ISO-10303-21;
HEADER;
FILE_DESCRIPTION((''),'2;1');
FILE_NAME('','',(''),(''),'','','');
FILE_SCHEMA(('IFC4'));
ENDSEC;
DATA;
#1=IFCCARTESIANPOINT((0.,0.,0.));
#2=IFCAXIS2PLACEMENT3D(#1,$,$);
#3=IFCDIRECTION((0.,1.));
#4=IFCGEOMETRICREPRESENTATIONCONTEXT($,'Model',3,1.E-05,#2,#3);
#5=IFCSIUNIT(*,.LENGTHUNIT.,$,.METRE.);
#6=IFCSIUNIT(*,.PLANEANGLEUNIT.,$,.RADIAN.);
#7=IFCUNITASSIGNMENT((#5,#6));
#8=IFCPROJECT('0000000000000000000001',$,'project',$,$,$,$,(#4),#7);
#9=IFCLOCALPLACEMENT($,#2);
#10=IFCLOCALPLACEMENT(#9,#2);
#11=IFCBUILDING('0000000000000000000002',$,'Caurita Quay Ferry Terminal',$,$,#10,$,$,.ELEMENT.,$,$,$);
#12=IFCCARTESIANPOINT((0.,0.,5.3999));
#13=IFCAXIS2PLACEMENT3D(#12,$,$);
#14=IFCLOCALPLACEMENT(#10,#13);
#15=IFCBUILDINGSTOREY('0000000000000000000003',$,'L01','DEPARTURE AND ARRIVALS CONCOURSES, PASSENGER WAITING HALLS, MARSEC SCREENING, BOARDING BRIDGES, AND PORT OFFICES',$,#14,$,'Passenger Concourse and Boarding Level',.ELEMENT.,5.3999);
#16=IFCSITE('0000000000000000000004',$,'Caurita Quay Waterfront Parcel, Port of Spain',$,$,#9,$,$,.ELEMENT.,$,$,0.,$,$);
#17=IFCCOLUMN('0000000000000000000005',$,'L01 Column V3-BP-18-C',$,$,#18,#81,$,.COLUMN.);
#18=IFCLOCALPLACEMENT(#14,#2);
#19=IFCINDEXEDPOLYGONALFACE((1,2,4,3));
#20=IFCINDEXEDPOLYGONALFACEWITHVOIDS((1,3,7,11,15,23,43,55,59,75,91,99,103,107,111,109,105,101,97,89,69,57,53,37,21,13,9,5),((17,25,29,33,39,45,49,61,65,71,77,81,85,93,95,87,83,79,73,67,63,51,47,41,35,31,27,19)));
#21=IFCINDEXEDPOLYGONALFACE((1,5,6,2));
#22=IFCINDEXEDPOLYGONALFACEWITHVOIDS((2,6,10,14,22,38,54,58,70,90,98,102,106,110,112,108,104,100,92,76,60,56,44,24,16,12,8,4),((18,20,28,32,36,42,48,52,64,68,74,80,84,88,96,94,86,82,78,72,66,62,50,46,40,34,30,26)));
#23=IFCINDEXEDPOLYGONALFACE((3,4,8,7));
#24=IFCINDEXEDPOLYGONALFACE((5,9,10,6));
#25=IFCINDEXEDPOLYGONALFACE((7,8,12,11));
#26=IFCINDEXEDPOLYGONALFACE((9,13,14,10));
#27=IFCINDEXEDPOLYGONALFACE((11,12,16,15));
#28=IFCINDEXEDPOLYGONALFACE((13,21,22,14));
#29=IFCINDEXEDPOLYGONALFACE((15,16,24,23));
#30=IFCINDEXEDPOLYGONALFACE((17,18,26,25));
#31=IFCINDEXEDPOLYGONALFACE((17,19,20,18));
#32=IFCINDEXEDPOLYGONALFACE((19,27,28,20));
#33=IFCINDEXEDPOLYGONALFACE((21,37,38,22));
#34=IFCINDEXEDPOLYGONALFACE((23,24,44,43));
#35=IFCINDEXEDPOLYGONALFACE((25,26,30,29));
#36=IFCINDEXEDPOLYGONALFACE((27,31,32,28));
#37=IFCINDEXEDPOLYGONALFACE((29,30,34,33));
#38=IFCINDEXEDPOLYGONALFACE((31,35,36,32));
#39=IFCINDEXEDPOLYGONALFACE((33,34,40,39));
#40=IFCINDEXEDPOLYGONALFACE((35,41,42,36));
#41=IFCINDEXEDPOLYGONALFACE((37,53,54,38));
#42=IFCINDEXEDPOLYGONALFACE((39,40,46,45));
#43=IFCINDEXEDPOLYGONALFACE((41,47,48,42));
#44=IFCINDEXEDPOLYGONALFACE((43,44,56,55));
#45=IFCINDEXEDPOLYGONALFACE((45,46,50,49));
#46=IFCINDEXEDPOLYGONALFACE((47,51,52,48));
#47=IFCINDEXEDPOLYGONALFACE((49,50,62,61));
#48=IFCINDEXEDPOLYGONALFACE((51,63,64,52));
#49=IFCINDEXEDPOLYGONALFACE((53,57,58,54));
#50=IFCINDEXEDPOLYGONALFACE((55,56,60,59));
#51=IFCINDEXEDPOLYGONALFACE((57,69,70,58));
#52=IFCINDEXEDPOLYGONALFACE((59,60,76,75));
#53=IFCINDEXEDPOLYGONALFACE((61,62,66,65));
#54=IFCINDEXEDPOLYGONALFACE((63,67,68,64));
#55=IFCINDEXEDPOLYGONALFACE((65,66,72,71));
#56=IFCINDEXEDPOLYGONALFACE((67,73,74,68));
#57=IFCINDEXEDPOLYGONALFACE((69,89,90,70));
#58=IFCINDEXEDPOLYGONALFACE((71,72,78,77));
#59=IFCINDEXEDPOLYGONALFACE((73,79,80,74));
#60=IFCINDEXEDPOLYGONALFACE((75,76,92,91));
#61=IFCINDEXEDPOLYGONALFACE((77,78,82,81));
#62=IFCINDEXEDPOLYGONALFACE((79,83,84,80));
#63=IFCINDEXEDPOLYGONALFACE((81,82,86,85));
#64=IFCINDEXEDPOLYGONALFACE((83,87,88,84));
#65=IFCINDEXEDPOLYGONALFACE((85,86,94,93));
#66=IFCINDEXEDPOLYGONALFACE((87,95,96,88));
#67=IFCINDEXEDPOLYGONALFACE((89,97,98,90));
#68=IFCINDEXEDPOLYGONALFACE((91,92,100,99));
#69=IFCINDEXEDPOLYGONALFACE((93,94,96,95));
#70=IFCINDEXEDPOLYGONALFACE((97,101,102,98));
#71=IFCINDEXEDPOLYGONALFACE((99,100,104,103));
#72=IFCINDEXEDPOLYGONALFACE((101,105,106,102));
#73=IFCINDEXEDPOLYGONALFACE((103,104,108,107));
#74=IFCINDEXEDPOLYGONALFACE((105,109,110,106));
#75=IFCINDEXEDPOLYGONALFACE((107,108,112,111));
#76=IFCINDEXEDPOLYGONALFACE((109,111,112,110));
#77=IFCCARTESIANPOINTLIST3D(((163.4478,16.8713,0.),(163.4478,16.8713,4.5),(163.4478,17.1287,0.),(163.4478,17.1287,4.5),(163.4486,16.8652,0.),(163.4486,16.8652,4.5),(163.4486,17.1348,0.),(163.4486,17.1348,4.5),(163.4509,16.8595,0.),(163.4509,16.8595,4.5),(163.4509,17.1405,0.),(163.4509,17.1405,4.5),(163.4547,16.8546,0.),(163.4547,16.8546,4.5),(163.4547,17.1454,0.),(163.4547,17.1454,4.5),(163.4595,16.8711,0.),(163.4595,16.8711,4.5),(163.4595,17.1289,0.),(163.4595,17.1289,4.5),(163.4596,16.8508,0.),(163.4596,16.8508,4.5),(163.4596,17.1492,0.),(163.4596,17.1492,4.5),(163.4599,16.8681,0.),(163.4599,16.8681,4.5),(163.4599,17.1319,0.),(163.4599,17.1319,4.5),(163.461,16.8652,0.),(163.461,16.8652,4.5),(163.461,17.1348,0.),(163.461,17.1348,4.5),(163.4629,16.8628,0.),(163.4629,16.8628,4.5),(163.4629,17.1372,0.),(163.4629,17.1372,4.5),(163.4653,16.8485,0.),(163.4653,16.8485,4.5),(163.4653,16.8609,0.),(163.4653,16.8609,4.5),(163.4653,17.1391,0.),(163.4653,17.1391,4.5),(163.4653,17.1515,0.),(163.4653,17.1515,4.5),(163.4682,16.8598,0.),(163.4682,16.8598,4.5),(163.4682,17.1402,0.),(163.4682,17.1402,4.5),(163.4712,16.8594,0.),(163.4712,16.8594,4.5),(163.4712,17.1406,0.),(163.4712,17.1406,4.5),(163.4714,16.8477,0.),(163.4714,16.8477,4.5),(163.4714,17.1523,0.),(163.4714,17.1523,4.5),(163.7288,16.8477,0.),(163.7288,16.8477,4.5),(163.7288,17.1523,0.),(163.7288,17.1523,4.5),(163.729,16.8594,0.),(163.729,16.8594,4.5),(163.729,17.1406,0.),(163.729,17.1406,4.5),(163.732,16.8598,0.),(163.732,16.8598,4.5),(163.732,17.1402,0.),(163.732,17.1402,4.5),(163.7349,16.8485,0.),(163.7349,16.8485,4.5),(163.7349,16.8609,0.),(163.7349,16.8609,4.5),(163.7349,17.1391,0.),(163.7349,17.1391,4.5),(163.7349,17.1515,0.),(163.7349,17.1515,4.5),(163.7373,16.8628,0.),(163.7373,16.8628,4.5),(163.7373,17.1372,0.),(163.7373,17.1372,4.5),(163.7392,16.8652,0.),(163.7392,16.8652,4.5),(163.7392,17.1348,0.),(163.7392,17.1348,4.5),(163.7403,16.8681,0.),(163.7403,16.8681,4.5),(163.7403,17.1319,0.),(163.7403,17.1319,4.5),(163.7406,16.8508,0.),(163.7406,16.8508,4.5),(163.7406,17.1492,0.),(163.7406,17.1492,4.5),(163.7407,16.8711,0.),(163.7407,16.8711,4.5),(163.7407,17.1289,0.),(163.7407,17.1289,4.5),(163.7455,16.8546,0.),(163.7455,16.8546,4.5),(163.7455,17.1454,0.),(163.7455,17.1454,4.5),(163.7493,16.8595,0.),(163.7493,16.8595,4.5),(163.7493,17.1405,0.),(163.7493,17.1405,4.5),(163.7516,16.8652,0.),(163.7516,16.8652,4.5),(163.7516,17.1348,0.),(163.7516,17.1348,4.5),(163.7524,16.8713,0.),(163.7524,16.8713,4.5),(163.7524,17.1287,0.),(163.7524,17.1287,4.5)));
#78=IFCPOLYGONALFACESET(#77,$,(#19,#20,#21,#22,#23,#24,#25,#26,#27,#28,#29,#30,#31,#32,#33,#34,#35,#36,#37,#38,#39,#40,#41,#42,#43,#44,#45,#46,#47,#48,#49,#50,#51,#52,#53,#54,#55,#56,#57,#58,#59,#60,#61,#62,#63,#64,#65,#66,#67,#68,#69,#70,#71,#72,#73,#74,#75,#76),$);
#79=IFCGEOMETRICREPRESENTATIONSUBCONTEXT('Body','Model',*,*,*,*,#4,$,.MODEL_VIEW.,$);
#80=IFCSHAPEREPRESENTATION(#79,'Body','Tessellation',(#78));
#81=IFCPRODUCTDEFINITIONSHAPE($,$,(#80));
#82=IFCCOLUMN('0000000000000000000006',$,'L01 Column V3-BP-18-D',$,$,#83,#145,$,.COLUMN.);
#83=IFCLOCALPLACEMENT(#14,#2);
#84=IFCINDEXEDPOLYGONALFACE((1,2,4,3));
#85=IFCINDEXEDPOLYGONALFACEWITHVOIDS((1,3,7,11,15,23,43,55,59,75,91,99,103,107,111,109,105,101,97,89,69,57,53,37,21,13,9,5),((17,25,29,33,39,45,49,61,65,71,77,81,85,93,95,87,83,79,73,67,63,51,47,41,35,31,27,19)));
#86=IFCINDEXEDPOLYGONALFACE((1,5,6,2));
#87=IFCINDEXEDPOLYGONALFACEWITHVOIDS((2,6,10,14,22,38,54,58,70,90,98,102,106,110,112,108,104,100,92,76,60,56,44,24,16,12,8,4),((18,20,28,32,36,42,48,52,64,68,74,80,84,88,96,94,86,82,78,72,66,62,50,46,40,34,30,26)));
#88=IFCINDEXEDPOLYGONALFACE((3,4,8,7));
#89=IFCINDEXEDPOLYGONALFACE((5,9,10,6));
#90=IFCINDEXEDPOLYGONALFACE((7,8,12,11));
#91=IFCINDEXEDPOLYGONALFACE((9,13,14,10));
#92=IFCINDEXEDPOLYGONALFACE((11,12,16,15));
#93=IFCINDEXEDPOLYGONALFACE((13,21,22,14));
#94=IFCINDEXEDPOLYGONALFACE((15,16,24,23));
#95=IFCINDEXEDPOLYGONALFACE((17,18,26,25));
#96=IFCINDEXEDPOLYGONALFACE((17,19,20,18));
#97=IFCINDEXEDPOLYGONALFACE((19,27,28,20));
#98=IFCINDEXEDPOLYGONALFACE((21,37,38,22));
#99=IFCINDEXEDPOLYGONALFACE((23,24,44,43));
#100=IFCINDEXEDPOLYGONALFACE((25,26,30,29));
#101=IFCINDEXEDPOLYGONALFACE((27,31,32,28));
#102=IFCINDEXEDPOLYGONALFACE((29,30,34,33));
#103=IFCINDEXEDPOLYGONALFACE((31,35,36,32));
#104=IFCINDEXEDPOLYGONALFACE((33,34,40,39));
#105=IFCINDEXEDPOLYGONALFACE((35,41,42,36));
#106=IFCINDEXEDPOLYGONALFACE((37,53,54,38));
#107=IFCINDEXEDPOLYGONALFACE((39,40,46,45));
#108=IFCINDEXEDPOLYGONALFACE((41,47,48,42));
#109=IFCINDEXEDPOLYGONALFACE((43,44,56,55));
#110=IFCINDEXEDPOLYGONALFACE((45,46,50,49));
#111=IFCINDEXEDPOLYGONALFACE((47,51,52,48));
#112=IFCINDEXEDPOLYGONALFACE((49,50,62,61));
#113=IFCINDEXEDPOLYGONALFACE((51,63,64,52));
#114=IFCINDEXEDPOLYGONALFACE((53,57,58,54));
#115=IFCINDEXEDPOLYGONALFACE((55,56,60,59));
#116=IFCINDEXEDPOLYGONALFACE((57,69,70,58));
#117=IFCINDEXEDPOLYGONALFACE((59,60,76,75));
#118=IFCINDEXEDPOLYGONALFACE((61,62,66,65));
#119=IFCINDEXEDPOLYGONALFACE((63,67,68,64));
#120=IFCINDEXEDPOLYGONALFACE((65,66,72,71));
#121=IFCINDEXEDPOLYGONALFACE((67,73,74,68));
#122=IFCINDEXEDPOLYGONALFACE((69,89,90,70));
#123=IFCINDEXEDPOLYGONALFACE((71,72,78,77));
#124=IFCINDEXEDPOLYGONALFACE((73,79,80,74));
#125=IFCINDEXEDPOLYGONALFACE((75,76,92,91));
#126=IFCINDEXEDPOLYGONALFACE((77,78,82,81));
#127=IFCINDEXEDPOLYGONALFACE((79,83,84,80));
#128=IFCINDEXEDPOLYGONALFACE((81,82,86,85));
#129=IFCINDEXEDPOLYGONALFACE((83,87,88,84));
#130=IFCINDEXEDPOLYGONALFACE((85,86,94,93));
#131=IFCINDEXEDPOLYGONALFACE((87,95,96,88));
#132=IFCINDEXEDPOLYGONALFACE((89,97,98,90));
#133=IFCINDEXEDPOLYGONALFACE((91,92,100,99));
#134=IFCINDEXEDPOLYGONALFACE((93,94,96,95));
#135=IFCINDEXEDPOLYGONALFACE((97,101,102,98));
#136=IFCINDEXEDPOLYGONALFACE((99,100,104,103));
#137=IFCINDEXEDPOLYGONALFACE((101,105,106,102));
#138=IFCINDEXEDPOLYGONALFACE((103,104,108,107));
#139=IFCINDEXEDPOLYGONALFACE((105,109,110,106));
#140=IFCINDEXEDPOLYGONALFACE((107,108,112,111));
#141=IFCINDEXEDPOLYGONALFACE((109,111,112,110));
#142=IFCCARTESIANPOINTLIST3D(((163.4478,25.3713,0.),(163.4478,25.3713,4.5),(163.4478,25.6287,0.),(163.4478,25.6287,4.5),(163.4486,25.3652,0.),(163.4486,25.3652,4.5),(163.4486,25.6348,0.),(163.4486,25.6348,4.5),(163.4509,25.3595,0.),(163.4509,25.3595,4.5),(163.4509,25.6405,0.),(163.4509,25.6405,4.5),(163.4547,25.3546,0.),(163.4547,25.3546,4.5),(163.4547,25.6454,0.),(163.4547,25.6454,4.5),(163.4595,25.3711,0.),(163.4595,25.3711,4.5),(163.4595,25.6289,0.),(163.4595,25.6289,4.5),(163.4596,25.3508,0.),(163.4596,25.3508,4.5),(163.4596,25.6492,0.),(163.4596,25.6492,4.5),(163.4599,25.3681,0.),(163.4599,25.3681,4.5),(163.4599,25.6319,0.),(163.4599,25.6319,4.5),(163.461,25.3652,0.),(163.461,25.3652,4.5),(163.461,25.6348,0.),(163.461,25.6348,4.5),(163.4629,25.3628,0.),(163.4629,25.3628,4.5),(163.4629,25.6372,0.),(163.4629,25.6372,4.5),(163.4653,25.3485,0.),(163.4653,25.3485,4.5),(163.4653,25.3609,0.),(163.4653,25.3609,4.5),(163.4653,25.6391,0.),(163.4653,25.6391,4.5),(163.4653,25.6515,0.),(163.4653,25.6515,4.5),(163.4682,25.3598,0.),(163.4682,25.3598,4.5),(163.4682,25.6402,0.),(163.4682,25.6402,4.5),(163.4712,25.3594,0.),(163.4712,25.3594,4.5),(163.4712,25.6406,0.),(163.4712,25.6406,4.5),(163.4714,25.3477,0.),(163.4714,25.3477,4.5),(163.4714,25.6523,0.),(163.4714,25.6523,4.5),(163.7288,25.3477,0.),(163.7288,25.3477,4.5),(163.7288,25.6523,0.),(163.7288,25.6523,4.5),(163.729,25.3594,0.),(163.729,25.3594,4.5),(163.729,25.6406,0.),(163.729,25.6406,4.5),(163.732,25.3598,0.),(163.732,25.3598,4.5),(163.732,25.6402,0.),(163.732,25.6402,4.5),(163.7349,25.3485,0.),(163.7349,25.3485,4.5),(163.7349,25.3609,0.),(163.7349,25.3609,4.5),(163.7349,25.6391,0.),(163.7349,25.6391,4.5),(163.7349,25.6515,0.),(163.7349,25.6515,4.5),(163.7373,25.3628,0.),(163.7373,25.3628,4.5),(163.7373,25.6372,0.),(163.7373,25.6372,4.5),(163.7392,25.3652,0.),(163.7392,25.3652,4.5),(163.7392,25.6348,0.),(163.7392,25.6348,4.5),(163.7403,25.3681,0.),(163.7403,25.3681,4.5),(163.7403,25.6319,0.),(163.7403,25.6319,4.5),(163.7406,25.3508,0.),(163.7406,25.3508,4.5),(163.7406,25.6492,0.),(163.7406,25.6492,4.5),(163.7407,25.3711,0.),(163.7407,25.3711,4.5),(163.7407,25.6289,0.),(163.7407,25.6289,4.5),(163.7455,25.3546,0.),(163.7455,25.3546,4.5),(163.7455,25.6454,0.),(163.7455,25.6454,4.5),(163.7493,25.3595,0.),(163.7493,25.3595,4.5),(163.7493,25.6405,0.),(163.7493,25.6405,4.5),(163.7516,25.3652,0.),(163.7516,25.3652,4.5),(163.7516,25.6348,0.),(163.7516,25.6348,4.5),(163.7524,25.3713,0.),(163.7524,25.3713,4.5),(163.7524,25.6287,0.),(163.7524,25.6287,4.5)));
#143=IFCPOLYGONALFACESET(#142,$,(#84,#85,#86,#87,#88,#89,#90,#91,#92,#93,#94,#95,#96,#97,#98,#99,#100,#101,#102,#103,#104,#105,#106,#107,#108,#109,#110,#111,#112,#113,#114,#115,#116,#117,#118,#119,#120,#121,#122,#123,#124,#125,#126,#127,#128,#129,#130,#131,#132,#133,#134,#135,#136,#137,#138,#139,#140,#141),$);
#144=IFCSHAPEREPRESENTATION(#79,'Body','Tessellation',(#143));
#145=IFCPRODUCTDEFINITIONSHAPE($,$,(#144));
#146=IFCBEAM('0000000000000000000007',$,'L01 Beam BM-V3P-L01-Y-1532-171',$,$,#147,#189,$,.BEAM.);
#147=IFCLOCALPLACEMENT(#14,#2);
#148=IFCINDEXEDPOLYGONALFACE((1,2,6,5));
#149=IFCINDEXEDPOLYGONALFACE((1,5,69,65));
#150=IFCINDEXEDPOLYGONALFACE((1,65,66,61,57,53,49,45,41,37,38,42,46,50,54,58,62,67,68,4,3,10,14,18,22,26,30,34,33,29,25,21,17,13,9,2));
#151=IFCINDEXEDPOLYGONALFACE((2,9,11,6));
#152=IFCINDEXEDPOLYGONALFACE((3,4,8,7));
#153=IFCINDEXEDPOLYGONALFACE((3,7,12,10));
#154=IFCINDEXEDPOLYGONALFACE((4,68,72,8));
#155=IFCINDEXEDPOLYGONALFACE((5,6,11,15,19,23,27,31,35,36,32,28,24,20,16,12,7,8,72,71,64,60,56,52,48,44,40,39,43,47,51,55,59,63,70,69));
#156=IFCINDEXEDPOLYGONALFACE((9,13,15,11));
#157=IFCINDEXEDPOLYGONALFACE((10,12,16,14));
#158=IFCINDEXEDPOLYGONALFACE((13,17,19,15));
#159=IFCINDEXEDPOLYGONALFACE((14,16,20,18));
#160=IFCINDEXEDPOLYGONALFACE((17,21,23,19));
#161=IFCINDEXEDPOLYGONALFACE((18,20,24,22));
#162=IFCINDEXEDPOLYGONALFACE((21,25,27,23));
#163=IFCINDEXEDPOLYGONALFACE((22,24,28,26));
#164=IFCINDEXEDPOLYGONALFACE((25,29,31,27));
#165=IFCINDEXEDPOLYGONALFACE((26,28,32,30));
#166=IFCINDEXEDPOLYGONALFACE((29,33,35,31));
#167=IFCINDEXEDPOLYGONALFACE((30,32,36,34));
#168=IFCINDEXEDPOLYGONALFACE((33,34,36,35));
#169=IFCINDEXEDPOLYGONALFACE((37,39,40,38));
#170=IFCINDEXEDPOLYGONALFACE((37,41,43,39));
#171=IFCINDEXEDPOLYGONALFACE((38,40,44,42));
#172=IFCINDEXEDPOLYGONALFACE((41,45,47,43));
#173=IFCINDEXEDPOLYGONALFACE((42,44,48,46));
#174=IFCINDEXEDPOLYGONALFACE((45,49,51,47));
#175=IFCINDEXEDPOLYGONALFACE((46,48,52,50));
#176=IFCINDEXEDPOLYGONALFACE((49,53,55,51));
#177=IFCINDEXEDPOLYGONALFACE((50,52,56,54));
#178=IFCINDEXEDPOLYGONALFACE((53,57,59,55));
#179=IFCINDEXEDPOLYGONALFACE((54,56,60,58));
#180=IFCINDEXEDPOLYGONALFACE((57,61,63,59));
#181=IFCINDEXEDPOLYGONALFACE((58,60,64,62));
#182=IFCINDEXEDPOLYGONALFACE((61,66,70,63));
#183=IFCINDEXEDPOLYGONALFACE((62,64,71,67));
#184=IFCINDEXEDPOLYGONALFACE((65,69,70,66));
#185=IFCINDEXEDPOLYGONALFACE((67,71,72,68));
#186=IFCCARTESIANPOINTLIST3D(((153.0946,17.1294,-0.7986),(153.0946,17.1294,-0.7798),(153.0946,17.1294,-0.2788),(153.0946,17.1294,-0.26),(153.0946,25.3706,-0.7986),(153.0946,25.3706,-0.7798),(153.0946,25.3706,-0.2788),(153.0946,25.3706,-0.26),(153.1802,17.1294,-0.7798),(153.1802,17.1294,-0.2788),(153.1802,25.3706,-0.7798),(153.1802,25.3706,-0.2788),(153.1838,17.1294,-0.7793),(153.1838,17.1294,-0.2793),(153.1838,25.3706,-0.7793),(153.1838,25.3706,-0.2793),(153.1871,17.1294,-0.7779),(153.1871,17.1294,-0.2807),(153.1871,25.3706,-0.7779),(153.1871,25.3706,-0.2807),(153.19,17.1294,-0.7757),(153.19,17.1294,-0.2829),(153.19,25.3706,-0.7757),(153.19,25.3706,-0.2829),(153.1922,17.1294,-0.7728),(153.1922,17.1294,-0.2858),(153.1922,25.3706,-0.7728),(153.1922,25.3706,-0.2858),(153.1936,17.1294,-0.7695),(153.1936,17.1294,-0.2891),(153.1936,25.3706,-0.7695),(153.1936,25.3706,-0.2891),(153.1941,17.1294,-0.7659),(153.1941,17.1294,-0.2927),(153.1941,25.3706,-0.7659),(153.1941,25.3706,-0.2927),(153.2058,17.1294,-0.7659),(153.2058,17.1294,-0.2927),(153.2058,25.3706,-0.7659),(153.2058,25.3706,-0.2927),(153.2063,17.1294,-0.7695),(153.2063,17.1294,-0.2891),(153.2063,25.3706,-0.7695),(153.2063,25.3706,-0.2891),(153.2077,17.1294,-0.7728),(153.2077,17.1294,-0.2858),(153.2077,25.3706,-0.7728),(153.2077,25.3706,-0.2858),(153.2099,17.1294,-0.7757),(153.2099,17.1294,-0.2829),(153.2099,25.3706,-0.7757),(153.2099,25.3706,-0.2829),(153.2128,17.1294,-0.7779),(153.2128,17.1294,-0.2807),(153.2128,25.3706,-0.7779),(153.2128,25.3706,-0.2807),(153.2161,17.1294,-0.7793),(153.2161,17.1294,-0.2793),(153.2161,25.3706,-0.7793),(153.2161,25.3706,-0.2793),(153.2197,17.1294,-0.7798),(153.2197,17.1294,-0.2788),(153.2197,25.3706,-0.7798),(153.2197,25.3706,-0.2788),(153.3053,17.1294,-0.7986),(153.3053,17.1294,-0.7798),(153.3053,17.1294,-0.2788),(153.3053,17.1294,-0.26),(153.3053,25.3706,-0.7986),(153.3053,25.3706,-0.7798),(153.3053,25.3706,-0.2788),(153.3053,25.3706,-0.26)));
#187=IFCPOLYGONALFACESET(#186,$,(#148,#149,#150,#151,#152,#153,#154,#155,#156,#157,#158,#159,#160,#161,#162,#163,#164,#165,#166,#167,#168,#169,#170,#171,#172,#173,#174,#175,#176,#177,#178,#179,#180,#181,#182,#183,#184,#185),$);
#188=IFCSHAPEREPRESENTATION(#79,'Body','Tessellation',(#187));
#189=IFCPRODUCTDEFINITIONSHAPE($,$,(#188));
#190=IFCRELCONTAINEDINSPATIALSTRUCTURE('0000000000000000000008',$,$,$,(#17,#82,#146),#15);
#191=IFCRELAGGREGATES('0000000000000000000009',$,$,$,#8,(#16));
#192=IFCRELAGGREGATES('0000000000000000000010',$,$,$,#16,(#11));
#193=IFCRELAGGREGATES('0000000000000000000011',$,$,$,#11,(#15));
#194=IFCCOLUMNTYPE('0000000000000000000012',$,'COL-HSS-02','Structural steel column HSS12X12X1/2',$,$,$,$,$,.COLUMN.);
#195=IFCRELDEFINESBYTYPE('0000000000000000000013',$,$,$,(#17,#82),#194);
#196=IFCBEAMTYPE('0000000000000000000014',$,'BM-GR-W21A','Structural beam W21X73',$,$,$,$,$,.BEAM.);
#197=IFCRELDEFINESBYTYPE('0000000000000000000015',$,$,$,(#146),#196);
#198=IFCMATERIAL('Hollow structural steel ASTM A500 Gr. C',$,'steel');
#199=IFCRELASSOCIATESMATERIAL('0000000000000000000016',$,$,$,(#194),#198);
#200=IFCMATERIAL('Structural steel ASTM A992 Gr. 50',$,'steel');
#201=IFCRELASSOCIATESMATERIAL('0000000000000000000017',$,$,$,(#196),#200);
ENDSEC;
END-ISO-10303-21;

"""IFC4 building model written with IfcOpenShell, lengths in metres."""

from ifc_helpers import new_model, si_unit, direction, frame, origin, origin_2d, place, context, subcontext, project, spatial, hollow_rectangle, i_section, extrude, material, material_profile, profile_set, type_object, element, save


model = new_model("IFC4")

# Units and contexts
model_context = context("Model", 3, precision=1e-05, world=origin(), true_north=direction((0.0, 1.0)))
body_context = subcontext(model_context, "Body", "Model", "MODEL_VIEW")
ifc_project = project(units=[si_unit("LENGTHUNIT", "METRE"), si_unit("PLANEANGLEUNIT", "RADIAN")], contexts=[model_context])

# Site, building, storey
site_placement = place(None, origin())
site = spatial("IfcSite", under=ifc_project, at=site_placement, Name="Caurita Quay Waterfront Parcel, Port of Spain", CompositionType="ELEMENT", RefElevation=0.0)
building_placement = place(site_placement, origin())
building = spatial("IfcBuilding", under=site, at=building_placement, Name="Caurita Quay Ferry Terminal", CompositionType="ELEMENT")
storey_placement = place(building_placement, frame((0.0, 0.0, 5.3999)))
storey = spatial("IfcBuildingStorey", under=building, at=storey_placement, Name="L01", Description="DEPARTURE AND ARRIVALS CONCOURSES, PASSENGER WAITING HALLS, MARSEC SCREENING, BOARDING BRIDGES, AND PORT OFFICES", LongName="Passenger Concourse and Boarding Level", CompositionType="ELEMENT", Elevation=5.3999)

# Columns
ifc_material_1 = material(Name="Hollow structural steel ASTM A500 Gr. C", Category="steel")
ifc_material_profile_1 = material_profile(ifc_material_1, hollow_rectangle(XDim=0.3047, YDim=0.3047, WallThickness=0.0117, InnerFilletRadius=0.0117, OuterFilletRadius=0.0237, at=origin_2d()), Name="HSS12X12X1/2")
ifc_profile_set_1 = profile_set([ifc_material_profile_1], Name="Hollow structural steel ASTM A500 Gr. C")
column_type = type_object("IfcColumnType", Name="COL-HSS-02", Description="Structural steel column HSS12X12X1/2", PredefinedType="COLUMN", material=ifc_profile_set_1)
for number, where, z_axis, x_axis, name in (
    (1, (163.6001, 17.0, 0.0), (0.0, 0.0, 1.0), (1.0, 0.0, 0.0), "L01 Column V3-BP-18-C"),
    (2, (163.6001, 25.5, 0.0), (0.0, 0.0, 1.0), (1.0, 0.0, 0.0), "L01 Column V3-BP-18-D"),
):
    element("IfcColumn", number, at=place(storey_placement, frame(where, z_axis=z_axis, x_axis=x_axis)), inside=storey, type_object=column_type, Name=name, PredefinedType="COLUMN", context=body_context, shape_type="SweptSolid", body=[
        extrude(hollow_rectangle(XDim=0.3047, YDim=0.3047, WallThickness=0.0117, InnerFilletRadius=0.0117, OuterFilletRadius=0.0237, at=origin_2d()), origin(), (0.0, 0.0, 1.0), 4.5),
    ])

# Beam
ifc_material_2 = material(Name="Structural steel ASTM A992 Gr. 50", Category="steel")
ifc_material_profile_2 = material_profile(ifc_material_2, i_section(OverallWidth=0.2107, OverallDepth=0.5386, WebThickness=0.0117, FlangeThickness=0.0188, FilletRadius=0.0139, at=origin_2d()), Name="W21X73")
ifc_profile_set_2 = profile_set([ifc_material_profile_2], Name="Structural steel ASTM A992 Gr. 50")
beam_type_1 = type_object("IfcBeamType", Name="BM-GR-W21A", Description="Structural beam W21X73", PredefinedType="BEAM", material=ifc_profile_set_2)
beam_1_placement = place(storey_placement, frame((153.2, 17.1294, -0.5293), z_axis=(0.0, 1.0, 0.0), x_axis=(-1.0, 0.0, 0.0)))
element("IfcBeam", 3, at=beam_1_placement, inside=storey, type_object=beam_type_1, Name="L01 Beam BM-V3P-L01-Y-1532-171", PredefinedType="BEAM", context=body_context, shape_type="SweptSolid", body=[
    extrude(i_section(OverallWidth=0.2107, OverallDepth=0.5386, WebThickness=0.0117, FlangeThickness=0.0188, FilletRadius=0.0139, at=origin_2d()), origin(), (0.0, 0.0, 1.0), 8.2412),
])

save(model, "model.ifc")
